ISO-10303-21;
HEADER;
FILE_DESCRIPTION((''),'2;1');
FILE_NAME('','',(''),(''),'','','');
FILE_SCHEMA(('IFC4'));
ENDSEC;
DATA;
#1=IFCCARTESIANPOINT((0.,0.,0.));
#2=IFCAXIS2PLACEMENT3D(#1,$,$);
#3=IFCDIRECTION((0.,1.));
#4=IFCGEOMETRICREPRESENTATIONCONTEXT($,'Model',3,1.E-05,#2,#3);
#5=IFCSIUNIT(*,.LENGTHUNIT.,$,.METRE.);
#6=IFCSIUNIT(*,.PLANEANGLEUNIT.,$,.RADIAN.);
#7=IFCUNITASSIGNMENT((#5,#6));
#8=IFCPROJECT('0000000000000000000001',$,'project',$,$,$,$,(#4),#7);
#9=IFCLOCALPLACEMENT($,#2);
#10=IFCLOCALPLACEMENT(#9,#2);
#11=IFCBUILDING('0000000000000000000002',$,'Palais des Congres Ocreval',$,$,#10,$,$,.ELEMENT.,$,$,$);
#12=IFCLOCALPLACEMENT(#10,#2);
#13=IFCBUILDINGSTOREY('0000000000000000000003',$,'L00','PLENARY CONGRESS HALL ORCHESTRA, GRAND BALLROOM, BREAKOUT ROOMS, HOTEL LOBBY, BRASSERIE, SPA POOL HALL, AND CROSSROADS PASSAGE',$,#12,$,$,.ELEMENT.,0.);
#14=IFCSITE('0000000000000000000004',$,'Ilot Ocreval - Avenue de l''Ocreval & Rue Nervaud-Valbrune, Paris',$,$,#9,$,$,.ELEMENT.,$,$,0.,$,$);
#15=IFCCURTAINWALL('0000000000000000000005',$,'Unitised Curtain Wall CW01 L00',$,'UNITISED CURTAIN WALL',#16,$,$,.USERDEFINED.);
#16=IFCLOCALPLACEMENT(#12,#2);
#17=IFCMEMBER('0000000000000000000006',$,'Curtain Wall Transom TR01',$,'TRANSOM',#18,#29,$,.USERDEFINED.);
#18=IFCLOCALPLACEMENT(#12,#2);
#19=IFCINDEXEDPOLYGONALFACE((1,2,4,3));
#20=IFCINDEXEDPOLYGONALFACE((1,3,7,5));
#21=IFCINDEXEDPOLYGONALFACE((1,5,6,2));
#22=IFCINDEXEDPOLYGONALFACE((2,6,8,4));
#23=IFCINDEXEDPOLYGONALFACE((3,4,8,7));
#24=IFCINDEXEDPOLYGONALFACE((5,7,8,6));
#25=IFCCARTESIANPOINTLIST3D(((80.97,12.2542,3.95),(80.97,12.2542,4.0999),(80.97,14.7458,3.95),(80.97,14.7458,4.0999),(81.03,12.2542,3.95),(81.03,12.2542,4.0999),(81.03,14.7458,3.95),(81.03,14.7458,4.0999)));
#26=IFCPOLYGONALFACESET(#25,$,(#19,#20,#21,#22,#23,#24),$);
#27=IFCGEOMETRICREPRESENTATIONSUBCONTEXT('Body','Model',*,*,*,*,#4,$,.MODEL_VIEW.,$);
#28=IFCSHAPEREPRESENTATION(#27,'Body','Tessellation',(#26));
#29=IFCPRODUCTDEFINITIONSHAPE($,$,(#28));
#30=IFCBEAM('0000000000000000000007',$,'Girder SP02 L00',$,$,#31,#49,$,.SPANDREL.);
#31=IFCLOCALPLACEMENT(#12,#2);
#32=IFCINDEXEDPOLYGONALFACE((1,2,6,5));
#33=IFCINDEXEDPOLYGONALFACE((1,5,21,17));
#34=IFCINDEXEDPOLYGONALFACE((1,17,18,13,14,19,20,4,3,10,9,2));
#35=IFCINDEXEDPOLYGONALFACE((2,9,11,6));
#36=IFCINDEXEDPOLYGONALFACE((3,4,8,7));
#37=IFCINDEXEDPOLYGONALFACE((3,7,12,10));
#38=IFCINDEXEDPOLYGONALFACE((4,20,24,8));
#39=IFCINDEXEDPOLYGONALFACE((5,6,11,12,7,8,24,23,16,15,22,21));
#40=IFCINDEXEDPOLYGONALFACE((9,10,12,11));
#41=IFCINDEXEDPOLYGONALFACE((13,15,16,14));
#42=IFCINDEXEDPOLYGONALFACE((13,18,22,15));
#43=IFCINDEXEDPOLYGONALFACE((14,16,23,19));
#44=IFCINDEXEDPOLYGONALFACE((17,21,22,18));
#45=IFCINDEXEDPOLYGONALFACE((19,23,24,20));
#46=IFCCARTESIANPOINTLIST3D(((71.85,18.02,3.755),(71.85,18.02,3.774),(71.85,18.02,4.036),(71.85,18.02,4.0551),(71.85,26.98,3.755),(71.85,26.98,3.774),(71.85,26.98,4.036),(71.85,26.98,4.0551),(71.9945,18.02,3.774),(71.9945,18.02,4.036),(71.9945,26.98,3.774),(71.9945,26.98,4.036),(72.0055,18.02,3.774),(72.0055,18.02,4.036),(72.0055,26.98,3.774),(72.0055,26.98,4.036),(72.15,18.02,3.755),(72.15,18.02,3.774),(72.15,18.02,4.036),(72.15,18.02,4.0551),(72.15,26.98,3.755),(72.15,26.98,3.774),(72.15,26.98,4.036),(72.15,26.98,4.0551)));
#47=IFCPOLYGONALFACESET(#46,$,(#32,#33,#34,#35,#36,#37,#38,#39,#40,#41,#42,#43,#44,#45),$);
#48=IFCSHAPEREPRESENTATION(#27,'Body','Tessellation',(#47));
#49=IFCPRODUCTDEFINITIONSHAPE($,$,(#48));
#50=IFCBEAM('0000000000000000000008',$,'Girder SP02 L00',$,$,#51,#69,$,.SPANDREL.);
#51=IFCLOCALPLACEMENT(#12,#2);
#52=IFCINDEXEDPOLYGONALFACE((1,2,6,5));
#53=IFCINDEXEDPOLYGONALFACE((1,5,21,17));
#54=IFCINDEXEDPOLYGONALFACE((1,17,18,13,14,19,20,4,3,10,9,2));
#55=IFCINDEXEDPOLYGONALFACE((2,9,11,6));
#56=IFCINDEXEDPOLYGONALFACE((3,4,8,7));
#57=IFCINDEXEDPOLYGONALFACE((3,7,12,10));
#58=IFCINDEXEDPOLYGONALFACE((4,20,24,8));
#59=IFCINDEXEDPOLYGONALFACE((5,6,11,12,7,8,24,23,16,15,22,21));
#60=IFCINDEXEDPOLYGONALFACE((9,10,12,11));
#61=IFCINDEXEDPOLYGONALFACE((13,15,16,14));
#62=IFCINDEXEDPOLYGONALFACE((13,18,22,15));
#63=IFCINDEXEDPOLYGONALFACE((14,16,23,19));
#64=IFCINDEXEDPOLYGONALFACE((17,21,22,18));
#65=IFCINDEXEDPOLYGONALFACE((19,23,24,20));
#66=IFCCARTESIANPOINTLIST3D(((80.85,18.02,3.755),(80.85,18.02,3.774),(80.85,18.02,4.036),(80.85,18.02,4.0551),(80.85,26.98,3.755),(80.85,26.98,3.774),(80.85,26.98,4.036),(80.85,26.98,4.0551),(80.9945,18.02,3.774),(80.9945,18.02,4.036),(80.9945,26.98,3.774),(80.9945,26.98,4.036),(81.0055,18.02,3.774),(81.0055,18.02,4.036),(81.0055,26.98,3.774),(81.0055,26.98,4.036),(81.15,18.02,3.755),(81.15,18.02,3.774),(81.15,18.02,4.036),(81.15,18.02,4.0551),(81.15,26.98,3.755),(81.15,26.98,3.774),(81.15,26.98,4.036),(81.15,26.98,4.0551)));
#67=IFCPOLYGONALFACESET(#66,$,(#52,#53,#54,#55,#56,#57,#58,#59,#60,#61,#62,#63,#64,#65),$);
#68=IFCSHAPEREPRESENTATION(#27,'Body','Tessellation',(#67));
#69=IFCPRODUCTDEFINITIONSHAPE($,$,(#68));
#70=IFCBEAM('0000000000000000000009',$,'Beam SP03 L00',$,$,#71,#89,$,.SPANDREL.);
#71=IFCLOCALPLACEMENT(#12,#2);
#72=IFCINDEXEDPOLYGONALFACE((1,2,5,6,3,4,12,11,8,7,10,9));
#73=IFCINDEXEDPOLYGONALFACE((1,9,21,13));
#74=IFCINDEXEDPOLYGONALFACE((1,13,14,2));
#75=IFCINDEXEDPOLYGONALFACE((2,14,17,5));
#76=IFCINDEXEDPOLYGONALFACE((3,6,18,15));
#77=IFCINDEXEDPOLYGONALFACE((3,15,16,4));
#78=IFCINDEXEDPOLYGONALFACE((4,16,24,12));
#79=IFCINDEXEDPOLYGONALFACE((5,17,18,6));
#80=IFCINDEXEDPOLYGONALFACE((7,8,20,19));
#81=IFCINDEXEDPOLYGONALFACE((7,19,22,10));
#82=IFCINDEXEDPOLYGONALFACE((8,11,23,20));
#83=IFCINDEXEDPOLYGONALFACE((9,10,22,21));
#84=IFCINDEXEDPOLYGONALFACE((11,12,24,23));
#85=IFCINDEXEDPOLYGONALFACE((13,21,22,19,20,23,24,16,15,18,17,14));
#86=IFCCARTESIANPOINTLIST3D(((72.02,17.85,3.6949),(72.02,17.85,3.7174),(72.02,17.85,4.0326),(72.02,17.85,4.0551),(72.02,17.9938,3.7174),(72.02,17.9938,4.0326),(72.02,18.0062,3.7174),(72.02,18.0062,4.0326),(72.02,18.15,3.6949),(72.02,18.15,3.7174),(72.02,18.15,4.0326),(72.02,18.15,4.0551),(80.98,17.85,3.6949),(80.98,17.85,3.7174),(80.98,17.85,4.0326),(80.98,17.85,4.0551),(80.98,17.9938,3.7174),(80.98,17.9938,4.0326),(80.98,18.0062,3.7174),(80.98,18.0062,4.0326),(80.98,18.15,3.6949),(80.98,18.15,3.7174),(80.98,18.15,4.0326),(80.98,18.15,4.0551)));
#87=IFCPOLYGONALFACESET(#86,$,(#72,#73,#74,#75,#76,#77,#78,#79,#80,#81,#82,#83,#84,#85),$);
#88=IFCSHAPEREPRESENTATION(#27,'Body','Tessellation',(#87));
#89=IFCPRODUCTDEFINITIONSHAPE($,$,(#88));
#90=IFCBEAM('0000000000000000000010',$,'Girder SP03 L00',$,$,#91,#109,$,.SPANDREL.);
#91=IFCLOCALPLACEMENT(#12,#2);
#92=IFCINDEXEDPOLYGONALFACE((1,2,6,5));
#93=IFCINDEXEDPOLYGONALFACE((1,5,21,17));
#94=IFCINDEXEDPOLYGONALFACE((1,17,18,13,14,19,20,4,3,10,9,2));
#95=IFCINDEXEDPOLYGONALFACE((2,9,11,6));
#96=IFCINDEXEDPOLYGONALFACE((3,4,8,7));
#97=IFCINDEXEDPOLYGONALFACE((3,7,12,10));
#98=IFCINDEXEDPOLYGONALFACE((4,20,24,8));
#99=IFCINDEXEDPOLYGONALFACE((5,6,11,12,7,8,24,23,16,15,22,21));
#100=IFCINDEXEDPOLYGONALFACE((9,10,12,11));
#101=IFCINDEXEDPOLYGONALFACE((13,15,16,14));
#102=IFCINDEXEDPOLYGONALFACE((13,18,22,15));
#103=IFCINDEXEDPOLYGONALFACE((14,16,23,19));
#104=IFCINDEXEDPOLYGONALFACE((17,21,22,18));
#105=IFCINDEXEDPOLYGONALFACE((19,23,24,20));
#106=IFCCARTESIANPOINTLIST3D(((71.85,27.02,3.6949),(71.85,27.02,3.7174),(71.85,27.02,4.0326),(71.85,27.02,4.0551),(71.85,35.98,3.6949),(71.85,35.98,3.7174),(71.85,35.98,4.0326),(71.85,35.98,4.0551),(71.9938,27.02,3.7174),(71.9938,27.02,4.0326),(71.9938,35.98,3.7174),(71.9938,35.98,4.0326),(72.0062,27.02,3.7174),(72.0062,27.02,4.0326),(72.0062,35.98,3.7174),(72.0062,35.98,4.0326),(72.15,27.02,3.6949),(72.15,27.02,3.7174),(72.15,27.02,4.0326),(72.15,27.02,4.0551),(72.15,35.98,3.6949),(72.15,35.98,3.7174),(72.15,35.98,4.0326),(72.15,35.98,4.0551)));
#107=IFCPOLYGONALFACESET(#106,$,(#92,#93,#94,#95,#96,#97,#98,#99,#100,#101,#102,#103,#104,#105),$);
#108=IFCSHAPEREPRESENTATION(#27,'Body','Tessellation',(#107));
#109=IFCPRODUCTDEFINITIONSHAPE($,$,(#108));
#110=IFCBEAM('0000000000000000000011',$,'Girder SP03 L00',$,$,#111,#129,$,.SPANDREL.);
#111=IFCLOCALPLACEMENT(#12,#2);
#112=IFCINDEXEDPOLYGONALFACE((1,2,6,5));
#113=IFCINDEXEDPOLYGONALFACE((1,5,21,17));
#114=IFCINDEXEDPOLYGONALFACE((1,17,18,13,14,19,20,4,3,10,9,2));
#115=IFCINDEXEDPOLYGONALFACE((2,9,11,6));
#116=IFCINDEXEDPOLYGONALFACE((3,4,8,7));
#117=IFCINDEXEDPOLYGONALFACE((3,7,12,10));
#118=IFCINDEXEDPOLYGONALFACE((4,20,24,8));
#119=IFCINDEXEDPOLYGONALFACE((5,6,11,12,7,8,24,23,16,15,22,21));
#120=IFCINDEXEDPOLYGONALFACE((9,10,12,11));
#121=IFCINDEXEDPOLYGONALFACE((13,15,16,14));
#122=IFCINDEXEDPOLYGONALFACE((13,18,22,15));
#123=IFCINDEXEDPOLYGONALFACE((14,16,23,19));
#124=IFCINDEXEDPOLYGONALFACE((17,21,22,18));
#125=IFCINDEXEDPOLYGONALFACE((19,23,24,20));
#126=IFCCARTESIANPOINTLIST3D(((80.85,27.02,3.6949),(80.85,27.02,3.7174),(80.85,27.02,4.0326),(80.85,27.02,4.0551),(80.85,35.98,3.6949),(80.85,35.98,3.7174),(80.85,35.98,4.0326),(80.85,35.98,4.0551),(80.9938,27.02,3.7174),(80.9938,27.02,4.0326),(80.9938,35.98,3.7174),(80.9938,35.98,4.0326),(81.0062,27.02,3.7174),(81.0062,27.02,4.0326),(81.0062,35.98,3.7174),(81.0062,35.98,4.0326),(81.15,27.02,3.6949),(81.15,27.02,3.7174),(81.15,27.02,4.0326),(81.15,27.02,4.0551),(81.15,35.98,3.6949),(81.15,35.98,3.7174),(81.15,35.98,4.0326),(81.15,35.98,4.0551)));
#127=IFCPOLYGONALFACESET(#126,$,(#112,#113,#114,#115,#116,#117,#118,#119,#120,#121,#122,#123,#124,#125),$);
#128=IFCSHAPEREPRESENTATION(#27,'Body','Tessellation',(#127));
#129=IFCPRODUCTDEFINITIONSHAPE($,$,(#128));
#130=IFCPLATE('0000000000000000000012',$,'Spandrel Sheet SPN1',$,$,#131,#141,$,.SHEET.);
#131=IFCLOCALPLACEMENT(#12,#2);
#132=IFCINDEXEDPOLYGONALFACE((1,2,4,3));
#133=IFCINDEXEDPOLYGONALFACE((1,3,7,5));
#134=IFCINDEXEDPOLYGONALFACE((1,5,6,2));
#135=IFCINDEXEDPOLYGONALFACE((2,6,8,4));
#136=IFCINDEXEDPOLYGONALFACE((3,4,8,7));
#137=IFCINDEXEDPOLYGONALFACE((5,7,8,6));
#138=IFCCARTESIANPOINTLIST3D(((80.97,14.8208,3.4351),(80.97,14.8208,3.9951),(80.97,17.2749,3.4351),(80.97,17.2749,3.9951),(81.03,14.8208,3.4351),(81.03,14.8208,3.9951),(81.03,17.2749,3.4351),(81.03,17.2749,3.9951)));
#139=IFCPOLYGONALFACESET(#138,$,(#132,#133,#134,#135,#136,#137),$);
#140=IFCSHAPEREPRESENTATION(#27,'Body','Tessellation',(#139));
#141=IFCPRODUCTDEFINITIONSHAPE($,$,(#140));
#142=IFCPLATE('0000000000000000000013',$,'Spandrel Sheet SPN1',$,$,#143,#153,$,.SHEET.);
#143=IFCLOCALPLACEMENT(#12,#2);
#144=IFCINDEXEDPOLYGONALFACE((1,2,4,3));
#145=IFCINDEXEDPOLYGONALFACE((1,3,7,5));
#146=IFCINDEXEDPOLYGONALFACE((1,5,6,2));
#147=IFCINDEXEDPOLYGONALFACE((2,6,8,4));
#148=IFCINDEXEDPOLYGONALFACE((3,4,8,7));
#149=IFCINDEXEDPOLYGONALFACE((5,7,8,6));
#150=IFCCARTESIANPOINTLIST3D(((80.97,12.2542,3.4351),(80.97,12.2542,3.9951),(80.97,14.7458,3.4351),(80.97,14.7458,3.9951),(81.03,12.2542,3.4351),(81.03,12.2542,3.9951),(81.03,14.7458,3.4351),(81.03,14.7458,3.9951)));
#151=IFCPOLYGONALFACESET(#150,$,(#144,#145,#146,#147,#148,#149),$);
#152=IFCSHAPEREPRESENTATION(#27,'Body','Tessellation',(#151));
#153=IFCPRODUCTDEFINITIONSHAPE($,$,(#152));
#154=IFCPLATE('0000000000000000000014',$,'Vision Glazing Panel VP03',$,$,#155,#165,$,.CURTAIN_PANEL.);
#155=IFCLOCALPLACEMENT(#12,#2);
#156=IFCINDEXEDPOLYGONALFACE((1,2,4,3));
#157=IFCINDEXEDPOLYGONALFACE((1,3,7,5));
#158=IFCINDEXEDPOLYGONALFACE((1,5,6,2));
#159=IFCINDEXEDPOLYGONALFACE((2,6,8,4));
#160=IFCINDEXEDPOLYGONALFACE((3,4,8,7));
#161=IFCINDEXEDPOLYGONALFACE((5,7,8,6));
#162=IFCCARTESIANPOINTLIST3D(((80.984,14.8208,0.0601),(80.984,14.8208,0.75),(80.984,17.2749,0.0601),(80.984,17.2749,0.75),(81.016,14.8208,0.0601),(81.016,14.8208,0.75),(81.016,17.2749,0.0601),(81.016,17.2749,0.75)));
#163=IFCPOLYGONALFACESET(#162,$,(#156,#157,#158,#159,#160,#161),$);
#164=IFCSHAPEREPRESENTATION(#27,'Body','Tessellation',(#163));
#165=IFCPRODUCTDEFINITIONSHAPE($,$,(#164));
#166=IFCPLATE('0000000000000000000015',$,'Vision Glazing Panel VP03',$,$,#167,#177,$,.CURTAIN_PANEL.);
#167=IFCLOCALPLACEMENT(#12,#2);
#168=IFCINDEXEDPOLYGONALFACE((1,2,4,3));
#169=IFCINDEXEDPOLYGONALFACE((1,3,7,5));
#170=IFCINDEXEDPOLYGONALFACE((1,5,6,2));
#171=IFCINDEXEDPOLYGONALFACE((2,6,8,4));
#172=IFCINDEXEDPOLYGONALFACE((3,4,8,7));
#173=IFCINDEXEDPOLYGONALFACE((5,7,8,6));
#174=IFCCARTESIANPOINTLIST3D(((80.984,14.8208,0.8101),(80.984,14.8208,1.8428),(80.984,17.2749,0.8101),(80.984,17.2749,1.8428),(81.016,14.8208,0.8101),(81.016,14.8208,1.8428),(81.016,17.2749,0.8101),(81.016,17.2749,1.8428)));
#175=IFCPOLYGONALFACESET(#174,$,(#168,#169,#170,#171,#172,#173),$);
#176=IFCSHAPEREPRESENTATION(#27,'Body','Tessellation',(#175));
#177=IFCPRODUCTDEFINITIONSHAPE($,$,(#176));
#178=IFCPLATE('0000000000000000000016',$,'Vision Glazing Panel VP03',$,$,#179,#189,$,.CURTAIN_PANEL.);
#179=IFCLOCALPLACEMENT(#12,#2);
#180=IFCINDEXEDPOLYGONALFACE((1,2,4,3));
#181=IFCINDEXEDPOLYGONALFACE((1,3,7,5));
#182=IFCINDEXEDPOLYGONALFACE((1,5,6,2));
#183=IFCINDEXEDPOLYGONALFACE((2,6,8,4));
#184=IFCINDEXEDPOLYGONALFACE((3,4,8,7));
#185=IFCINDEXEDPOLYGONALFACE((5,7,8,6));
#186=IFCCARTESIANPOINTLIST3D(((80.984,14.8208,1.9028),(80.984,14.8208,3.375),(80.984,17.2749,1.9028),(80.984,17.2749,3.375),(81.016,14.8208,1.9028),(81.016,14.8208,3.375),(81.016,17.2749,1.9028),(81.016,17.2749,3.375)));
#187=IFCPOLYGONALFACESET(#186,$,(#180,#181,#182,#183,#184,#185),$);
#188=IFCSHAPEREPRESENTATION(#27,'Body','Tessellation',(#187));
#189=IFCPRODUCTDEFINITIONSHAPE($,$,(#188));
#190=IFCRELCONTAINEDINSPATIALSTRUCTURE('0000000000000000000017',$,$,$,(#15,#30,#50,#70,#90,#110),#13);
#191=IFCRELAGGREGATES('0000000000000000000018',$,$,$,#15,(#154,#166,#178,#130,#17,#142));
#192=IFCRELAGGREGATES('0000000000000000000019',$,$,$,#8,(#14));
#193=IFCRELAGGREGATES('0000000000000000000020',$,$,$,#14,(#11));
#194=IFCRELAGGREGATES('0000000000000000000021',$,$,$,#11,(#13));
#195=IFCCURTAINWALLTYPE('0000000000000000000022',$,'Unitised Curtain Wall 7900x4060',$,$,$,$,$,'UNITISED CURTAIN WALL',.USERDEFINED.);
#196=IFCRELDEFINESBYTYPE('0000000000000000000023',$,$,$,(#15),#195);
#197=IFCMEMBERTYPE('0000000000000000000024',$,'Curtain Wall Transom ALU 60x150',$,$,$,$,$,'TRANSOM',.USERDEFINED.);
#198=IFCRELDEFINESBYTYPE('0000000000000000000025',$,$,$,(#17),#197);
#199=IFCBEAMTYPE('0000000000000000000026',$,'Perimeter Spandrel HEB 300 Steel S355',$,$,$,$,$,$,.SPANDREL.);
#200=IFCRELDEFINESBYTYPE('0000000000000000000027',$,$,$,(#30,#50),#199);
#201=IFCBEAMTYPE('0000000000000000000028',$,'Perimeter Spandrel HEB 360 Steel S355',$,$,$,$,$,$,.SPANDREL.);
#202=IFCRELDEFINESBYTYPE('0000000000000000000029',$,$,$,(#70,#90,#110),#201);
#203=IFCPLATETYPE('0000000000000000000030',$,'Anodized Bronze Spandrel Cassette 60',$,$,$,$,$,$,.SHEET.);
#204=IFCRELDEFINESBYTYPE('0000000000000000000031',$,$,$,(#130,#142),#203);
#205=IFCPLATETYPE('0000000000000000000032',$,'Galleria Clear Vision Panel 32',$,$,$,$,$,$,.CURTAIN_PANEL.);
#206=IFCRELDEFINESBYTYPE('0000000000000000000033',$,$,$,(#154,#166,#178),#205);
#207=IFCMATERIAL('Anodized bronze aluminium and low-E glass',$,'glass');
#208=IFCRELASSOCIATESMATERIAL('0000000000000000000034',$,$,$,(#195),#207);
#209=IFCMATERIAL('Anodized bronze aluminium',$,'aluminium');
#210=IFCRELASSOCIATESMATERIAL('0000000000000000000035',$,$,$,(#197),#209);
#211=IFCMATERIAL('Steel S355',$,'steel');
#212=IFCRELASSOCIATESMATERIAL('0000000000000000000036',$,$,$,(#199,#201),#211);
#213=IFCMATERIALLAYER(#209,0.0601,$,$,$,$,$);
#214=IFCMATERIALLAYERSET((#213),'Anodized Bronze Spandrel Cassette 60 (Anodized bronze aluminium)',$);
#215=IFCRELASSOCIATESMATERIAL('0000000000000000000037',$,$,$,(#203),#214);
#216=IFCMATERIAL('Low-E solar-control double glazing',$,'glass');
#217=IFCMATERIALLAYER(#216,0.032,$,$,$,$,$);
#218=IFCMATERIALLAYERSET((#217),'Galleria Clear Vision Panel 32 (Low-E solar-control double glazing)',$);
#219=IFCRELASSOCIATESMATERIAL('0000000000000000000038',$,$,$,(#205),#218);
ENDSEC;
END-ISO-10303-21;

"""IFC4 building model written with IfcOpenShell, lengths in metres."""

from ifc_helpers import new_model, si_unit, direction, frame, origin, origin_2d, place, context, subcontext, project, spatial, rectangle, i_section, extrude, material, layer, layer_set, material_profile, profile_set, type_object, element, aggregate, save


model = new_model("IFC4")

# Units and contexts
model_context = context("Model", 3, precision=1e-05, world=origin(), true_north=direction((0.0, 1.0)))
body_context = subcontext(model_context, "Body", "Model", "MODEL_VIEW")
ifc_project = project(units=[si_unit("LENGTHUNIT", "METRE"), si_unit("PLANEANGLEUNIT", "RADIAN")], contexts=[model_context])

# Site, building, storey
site_placement = place(None, origin())
site = spatial("IfcSite", under=ifc_project, at=site_placement, Name="Ilot Ocreval - Avenue de l'Ocreval & Rue Nervaud-Valbrune, Paris", CompositionType="ELEMENT", RefElevation=0.0)
building_placement = place(site_placement, origin())
building = spatial("IfcBuilding", under=site, at=building_placement, Name="Palais des Congres Ocreval", CompositionType="ELEMENT")
storey_placement = place(building_placement, origin())
storey = spatial("IfcBuildingStorey", under=building, at=storey_placement, Name="L00", Description="PLENARY CONGRESS HALL ORCHESTRA, GRAND BALLROOM, BREAKOUT ROOMS, HOTEL LOBBY, BRASSERIE, SPA POOL HALL, AND CROSSROADS PASSAGE", CompositionType="ELEMENT", Elevation=0.0)

# Shared definitions
ifc_material_1 = material(Name="Steel S355", Category="steel")

# Shared definitions
ifc_material_2 = material(Name="Anodized bronze aluminium and low-E glass", Category="glass")
curtain_wall_type = type_object("IfcCurtainWallType", Name="Unitised Curtain Wall 7900x4060", ElementType="UNITISED CURTAIN WALL", PredefinedType="USERDEFINED", material=ifc_material_2)
ifc_material_3 = material(Name="Anodized bronze aluminium", Category="aluminium")

# Curtain wall
curtain_wall_1_placement = place(storey_placement, origin())
curtain_wall_1 = element("IfcCurtainWall", 1, at=curtain_wall_1_placement, inside=storey, type_object=curtain_wall_type, Name="Unitised Curtain Wall CW01 L00", ObjectType="UNITISED CURTAIN WALL", PredefinedType="USERDEFINED")

# Member
ifc_material_profile_1 = material_profile(ifc_material_3, rectangle(XDim=0.0601, YDim=0.1499, at=origin_2d()), Name="ALU 60x150")
ifc_profile_set_1 = profile_set([ifc_material_profile_1], Name="Anodized bronze aluminium")
member_type_1 = type_object("IfcMemberType", Name="Curtain Wall Transom ALU 60x150", ElementType="TRANSOM", PredefinedType="USERDEFINED", material=ifc_profile_set_1)
member_1_placement = place(storey_placement, frame((81.0, 14.7458, 4.0249), z_axis=(0.0, -1.0, 0.0), x_axis=(1.0, 0.0, 0.0)))
member_1 = element("IfcMember", 2, at=member_1_placement, type_object=member_type_1, Name="Curtain Wall Transom TR01", ObjectType="TRANSOM", PredefinedType="USERDEFINED", context=body_context, shape_type="SweptSolid", body=[
    extrude(rectangle(XDim=0.0601, YDim=0.1499, at=origin_2d()), origin(), (0.0, 0.0, 1.0), 2.4917),
])

# Beams
ifc_material_profile_2 = material_profile(ifc_material_1, i_section(OverallWidth=0.3, OverallDepth=0.3, WebThickness=0.011, FlangeThickness=0.019, at=origin_2d()), Name="HEB 300")
ifc_profile_set_2 = profile_set([ifc_material_profile_2], Name="Steel S355")
beam_type_1 = type_object("IfcBeamType", Name="Perimeter Spandrel HEB 300 Steel S355", PredefinedType="SPANDREL", material=ifc_profile_set_2)
for number, where, z_axis, x_axis, name in (
    (3, (72.0, 18.02, 3.905), (0.0, 1.0, 0.0), (-1.0, 0.0, 0.0), "Girder SP02 L00"),
    (4, (81.0, 18.02, 3.905), (0.0, 1.0, 0.0), (-1.0, 0.0, 0.0), "Girder SP02 L00"),
):
    element("IfcBeam", number, at=place(storey_placement, frame(where, z_axis=z_axis, x_axis=x_axis)), inside=storey, type_object=beam_type_1, Name=name, PredefinedType="SPANDREL", context=body_context, shape_type="SweptSolid", body=[
        extrude(i_section(OverallWidth=0.3, OverallDepth=0.3, WebThickness=0.011, FlangeThickness=0.019, at=origin_2d()), origin(), (0.0, 0.0, 1.0), 8.96),
    ])
ifc_material_profile_3 = material_profile(ifc_material_1, i_section(OverallWidth=0.3, OverallDepth=0.3601, WebThickness=0.0125, FlangeThickness=0.0225, at=origin_2d()), Name="HEB 360")
ifc_profile_set_3 = profile_set([ifc_material_profile_3], Name="Steel S355")
beam_type_2 = type_object("IfcBeamType", Name="Perimeter Spandrel HEB 360 Steel S355", PredefinedType="SPANDREL", material=ifc_profile_set_3)
for number, where, z_axis, x_axis, name in (
    (5, (72.02, 18.0, 3.875), (1.0, 0.0, 0.0), (0.0, 1.0, 0.0), "Beam SP03 L00"),
    (6, (72.0, 27.02, 3.875), (0.0, 1.0, 0.0), (-1.0, 0.0, 0.0), "Girder SP03 L00"),
    (7, (81.0, 27.02, 3.875), (0.0, 1.0, 0.0), (-1.0, 0.0, 0.0), "Girder SP03 L00"),
):
    element("IfcBeam", number, at=place(storey_placement, frame(where, z_axis=z_axis, x_axis=x_axis)), inside=storey, type_object=beam_type_2, Name=name, PredefinedType="SPANDREL", context=body_context, shape_type="SweptSolid", body=[
        extrude(i_section(OverallWidth=0.3, OverallDepth=0.3601, WebThickness=0.0125, FlangeThickness=0.0225, at=origin_2d()), origin(), (0.0, 0.0, 1.0), 8.96),
    ])

# Plates
ifc_layer_1 = layer(ifc_material_3, 0.0601)
ifc_layer_set_1 = layer_set([ifc_layer_1], Name="Anodized Bronze Spandrel Cassette 60 (Anodized bronze aluminium)")
plate_type_1 = type_object("IfcPlateType", Name="Anodized Bronze Spandrel Cassette 60", PredefinedType="SHEET", material=ifc_layer_set_1)
plate_1_placement = place(storey_placement, frame((81.0, 16.0479, 3.4351), z_axis=(0.0, 0.0, 1.0), x_axis=(0.0, -1.0, 0.0)))
plate_1 = element("IfcPlate", 8, at=plate_1_placement, type_object=plate_type_1, Name="Spandrel Sheet SPN1", PredefinedType="SHEET", context=body_context, shape_type="SweptSolid", body=[
    extrude(rectangle(XDim=2.4541, YDim=0.0601, at=origin_2d()), origin(), (0.0, 0.0, 1.0), 0.5601),
])
plate_2_placement = place(storey_placement, frame((81.0, 13.5, 3.4351), z_axis=(0.0, 0.0, 1.0), x_axis=(0.0, -1.0, 0.0)))
plate_2 = element("IfcPlate", 9, at=plate_2_placement, type_object=plate_type_1, Name="Spandrel Sheet SPN1", PredefinedType="SHEET", context=body_context, shape_type="SweptSolid", body=[
    extrude(rectangle(XDim=2.4917, YDim=0.0601, at=origin_2d()), origin(), (0.0, 0.0, 1.0), 0.5601),
])
ifc_material_4 = material(Name="Low-E solar-control double glazing", Category="glass")
ifc_layer_2 = layer(ifc_material_4, 0.032)
ifc_layer_set_2 = layer_set([ifc_layer_2], Name="Galleria Clear Vision Panel 32 (Low-E solar-control double glazing)")
plate_type_2 = type_object("IfcPlateType", Name="Galleria Clear Vision Panel 32", PredefinedType="CURTAIN_PANEL", material=ifc_layer_set_2)
plate_3_placement = place(storey_placement, frame((81.0, 16.0479, 0.0601), z_axis=(0.0, 0.0, 1.0), x_axis=(0.0, -1.0, 0.0)))
plate_3 = element("IfcPlate", 10, at=plate_3_placement, type_object=plate_type_2, Name="Vision Glazing Panel VP03", PredefinedType="CURTAIN_PANEL", context=body_context, shape_type="SweptSolid", body=[
    extrude(rectangle(XDim=2.4541, YDim=0.032, at=origin_2d()), origin(), (0.0, 0.0, 1.0), 0.6899),
])
plate_4_placement = place(storey_placement, frame((81.0, 16.0479, 0.8101), z_axis=(0.0, 0.0, 1.0), x_axis=(0.0, -1.0, 0.0)))
plate_4 = element("IfcPlate", 11, at=plate_4_placement, type_object=plate_type_2, Name="Vision Glazing Panel VP03", PredefinedType="CURTAIN_PANEL", context=body_context, shape_type="SweptSolid", body=[
    extrude(rectangle(XDim=2.4541, YDim=0.032, at=origin_2d()), origin(), (0.0, 0.0, 1.0), 1.0327),
])
plate_5_placement = place(storey_placement, frame((81.0, 16.0479, 1.9028), z_axis=(0.0, 0.0, 1.0), x_axis=(0.0, -1.0, 0.0)))
plate_5 = element("IfcPlate", 12, at=plate_5_placement, type_object=plate_type_2, Name="Vision Glazing Panel VP03", PredefinedType="CURTAIN_PANEL", context=body_context, shape_type="SweptSolid", body=[
    extrude(rectangle(XDim=2.4541, YDim=0.032, at=origin_2d()), origin(), (0.0, 0.0, 1.0), 1.4722),
])
aggregate(curtain_wall_1, [plate_3, plate_4, plate_5, plate_1, member_1, plate_2])

save(model, "model.ifc")
